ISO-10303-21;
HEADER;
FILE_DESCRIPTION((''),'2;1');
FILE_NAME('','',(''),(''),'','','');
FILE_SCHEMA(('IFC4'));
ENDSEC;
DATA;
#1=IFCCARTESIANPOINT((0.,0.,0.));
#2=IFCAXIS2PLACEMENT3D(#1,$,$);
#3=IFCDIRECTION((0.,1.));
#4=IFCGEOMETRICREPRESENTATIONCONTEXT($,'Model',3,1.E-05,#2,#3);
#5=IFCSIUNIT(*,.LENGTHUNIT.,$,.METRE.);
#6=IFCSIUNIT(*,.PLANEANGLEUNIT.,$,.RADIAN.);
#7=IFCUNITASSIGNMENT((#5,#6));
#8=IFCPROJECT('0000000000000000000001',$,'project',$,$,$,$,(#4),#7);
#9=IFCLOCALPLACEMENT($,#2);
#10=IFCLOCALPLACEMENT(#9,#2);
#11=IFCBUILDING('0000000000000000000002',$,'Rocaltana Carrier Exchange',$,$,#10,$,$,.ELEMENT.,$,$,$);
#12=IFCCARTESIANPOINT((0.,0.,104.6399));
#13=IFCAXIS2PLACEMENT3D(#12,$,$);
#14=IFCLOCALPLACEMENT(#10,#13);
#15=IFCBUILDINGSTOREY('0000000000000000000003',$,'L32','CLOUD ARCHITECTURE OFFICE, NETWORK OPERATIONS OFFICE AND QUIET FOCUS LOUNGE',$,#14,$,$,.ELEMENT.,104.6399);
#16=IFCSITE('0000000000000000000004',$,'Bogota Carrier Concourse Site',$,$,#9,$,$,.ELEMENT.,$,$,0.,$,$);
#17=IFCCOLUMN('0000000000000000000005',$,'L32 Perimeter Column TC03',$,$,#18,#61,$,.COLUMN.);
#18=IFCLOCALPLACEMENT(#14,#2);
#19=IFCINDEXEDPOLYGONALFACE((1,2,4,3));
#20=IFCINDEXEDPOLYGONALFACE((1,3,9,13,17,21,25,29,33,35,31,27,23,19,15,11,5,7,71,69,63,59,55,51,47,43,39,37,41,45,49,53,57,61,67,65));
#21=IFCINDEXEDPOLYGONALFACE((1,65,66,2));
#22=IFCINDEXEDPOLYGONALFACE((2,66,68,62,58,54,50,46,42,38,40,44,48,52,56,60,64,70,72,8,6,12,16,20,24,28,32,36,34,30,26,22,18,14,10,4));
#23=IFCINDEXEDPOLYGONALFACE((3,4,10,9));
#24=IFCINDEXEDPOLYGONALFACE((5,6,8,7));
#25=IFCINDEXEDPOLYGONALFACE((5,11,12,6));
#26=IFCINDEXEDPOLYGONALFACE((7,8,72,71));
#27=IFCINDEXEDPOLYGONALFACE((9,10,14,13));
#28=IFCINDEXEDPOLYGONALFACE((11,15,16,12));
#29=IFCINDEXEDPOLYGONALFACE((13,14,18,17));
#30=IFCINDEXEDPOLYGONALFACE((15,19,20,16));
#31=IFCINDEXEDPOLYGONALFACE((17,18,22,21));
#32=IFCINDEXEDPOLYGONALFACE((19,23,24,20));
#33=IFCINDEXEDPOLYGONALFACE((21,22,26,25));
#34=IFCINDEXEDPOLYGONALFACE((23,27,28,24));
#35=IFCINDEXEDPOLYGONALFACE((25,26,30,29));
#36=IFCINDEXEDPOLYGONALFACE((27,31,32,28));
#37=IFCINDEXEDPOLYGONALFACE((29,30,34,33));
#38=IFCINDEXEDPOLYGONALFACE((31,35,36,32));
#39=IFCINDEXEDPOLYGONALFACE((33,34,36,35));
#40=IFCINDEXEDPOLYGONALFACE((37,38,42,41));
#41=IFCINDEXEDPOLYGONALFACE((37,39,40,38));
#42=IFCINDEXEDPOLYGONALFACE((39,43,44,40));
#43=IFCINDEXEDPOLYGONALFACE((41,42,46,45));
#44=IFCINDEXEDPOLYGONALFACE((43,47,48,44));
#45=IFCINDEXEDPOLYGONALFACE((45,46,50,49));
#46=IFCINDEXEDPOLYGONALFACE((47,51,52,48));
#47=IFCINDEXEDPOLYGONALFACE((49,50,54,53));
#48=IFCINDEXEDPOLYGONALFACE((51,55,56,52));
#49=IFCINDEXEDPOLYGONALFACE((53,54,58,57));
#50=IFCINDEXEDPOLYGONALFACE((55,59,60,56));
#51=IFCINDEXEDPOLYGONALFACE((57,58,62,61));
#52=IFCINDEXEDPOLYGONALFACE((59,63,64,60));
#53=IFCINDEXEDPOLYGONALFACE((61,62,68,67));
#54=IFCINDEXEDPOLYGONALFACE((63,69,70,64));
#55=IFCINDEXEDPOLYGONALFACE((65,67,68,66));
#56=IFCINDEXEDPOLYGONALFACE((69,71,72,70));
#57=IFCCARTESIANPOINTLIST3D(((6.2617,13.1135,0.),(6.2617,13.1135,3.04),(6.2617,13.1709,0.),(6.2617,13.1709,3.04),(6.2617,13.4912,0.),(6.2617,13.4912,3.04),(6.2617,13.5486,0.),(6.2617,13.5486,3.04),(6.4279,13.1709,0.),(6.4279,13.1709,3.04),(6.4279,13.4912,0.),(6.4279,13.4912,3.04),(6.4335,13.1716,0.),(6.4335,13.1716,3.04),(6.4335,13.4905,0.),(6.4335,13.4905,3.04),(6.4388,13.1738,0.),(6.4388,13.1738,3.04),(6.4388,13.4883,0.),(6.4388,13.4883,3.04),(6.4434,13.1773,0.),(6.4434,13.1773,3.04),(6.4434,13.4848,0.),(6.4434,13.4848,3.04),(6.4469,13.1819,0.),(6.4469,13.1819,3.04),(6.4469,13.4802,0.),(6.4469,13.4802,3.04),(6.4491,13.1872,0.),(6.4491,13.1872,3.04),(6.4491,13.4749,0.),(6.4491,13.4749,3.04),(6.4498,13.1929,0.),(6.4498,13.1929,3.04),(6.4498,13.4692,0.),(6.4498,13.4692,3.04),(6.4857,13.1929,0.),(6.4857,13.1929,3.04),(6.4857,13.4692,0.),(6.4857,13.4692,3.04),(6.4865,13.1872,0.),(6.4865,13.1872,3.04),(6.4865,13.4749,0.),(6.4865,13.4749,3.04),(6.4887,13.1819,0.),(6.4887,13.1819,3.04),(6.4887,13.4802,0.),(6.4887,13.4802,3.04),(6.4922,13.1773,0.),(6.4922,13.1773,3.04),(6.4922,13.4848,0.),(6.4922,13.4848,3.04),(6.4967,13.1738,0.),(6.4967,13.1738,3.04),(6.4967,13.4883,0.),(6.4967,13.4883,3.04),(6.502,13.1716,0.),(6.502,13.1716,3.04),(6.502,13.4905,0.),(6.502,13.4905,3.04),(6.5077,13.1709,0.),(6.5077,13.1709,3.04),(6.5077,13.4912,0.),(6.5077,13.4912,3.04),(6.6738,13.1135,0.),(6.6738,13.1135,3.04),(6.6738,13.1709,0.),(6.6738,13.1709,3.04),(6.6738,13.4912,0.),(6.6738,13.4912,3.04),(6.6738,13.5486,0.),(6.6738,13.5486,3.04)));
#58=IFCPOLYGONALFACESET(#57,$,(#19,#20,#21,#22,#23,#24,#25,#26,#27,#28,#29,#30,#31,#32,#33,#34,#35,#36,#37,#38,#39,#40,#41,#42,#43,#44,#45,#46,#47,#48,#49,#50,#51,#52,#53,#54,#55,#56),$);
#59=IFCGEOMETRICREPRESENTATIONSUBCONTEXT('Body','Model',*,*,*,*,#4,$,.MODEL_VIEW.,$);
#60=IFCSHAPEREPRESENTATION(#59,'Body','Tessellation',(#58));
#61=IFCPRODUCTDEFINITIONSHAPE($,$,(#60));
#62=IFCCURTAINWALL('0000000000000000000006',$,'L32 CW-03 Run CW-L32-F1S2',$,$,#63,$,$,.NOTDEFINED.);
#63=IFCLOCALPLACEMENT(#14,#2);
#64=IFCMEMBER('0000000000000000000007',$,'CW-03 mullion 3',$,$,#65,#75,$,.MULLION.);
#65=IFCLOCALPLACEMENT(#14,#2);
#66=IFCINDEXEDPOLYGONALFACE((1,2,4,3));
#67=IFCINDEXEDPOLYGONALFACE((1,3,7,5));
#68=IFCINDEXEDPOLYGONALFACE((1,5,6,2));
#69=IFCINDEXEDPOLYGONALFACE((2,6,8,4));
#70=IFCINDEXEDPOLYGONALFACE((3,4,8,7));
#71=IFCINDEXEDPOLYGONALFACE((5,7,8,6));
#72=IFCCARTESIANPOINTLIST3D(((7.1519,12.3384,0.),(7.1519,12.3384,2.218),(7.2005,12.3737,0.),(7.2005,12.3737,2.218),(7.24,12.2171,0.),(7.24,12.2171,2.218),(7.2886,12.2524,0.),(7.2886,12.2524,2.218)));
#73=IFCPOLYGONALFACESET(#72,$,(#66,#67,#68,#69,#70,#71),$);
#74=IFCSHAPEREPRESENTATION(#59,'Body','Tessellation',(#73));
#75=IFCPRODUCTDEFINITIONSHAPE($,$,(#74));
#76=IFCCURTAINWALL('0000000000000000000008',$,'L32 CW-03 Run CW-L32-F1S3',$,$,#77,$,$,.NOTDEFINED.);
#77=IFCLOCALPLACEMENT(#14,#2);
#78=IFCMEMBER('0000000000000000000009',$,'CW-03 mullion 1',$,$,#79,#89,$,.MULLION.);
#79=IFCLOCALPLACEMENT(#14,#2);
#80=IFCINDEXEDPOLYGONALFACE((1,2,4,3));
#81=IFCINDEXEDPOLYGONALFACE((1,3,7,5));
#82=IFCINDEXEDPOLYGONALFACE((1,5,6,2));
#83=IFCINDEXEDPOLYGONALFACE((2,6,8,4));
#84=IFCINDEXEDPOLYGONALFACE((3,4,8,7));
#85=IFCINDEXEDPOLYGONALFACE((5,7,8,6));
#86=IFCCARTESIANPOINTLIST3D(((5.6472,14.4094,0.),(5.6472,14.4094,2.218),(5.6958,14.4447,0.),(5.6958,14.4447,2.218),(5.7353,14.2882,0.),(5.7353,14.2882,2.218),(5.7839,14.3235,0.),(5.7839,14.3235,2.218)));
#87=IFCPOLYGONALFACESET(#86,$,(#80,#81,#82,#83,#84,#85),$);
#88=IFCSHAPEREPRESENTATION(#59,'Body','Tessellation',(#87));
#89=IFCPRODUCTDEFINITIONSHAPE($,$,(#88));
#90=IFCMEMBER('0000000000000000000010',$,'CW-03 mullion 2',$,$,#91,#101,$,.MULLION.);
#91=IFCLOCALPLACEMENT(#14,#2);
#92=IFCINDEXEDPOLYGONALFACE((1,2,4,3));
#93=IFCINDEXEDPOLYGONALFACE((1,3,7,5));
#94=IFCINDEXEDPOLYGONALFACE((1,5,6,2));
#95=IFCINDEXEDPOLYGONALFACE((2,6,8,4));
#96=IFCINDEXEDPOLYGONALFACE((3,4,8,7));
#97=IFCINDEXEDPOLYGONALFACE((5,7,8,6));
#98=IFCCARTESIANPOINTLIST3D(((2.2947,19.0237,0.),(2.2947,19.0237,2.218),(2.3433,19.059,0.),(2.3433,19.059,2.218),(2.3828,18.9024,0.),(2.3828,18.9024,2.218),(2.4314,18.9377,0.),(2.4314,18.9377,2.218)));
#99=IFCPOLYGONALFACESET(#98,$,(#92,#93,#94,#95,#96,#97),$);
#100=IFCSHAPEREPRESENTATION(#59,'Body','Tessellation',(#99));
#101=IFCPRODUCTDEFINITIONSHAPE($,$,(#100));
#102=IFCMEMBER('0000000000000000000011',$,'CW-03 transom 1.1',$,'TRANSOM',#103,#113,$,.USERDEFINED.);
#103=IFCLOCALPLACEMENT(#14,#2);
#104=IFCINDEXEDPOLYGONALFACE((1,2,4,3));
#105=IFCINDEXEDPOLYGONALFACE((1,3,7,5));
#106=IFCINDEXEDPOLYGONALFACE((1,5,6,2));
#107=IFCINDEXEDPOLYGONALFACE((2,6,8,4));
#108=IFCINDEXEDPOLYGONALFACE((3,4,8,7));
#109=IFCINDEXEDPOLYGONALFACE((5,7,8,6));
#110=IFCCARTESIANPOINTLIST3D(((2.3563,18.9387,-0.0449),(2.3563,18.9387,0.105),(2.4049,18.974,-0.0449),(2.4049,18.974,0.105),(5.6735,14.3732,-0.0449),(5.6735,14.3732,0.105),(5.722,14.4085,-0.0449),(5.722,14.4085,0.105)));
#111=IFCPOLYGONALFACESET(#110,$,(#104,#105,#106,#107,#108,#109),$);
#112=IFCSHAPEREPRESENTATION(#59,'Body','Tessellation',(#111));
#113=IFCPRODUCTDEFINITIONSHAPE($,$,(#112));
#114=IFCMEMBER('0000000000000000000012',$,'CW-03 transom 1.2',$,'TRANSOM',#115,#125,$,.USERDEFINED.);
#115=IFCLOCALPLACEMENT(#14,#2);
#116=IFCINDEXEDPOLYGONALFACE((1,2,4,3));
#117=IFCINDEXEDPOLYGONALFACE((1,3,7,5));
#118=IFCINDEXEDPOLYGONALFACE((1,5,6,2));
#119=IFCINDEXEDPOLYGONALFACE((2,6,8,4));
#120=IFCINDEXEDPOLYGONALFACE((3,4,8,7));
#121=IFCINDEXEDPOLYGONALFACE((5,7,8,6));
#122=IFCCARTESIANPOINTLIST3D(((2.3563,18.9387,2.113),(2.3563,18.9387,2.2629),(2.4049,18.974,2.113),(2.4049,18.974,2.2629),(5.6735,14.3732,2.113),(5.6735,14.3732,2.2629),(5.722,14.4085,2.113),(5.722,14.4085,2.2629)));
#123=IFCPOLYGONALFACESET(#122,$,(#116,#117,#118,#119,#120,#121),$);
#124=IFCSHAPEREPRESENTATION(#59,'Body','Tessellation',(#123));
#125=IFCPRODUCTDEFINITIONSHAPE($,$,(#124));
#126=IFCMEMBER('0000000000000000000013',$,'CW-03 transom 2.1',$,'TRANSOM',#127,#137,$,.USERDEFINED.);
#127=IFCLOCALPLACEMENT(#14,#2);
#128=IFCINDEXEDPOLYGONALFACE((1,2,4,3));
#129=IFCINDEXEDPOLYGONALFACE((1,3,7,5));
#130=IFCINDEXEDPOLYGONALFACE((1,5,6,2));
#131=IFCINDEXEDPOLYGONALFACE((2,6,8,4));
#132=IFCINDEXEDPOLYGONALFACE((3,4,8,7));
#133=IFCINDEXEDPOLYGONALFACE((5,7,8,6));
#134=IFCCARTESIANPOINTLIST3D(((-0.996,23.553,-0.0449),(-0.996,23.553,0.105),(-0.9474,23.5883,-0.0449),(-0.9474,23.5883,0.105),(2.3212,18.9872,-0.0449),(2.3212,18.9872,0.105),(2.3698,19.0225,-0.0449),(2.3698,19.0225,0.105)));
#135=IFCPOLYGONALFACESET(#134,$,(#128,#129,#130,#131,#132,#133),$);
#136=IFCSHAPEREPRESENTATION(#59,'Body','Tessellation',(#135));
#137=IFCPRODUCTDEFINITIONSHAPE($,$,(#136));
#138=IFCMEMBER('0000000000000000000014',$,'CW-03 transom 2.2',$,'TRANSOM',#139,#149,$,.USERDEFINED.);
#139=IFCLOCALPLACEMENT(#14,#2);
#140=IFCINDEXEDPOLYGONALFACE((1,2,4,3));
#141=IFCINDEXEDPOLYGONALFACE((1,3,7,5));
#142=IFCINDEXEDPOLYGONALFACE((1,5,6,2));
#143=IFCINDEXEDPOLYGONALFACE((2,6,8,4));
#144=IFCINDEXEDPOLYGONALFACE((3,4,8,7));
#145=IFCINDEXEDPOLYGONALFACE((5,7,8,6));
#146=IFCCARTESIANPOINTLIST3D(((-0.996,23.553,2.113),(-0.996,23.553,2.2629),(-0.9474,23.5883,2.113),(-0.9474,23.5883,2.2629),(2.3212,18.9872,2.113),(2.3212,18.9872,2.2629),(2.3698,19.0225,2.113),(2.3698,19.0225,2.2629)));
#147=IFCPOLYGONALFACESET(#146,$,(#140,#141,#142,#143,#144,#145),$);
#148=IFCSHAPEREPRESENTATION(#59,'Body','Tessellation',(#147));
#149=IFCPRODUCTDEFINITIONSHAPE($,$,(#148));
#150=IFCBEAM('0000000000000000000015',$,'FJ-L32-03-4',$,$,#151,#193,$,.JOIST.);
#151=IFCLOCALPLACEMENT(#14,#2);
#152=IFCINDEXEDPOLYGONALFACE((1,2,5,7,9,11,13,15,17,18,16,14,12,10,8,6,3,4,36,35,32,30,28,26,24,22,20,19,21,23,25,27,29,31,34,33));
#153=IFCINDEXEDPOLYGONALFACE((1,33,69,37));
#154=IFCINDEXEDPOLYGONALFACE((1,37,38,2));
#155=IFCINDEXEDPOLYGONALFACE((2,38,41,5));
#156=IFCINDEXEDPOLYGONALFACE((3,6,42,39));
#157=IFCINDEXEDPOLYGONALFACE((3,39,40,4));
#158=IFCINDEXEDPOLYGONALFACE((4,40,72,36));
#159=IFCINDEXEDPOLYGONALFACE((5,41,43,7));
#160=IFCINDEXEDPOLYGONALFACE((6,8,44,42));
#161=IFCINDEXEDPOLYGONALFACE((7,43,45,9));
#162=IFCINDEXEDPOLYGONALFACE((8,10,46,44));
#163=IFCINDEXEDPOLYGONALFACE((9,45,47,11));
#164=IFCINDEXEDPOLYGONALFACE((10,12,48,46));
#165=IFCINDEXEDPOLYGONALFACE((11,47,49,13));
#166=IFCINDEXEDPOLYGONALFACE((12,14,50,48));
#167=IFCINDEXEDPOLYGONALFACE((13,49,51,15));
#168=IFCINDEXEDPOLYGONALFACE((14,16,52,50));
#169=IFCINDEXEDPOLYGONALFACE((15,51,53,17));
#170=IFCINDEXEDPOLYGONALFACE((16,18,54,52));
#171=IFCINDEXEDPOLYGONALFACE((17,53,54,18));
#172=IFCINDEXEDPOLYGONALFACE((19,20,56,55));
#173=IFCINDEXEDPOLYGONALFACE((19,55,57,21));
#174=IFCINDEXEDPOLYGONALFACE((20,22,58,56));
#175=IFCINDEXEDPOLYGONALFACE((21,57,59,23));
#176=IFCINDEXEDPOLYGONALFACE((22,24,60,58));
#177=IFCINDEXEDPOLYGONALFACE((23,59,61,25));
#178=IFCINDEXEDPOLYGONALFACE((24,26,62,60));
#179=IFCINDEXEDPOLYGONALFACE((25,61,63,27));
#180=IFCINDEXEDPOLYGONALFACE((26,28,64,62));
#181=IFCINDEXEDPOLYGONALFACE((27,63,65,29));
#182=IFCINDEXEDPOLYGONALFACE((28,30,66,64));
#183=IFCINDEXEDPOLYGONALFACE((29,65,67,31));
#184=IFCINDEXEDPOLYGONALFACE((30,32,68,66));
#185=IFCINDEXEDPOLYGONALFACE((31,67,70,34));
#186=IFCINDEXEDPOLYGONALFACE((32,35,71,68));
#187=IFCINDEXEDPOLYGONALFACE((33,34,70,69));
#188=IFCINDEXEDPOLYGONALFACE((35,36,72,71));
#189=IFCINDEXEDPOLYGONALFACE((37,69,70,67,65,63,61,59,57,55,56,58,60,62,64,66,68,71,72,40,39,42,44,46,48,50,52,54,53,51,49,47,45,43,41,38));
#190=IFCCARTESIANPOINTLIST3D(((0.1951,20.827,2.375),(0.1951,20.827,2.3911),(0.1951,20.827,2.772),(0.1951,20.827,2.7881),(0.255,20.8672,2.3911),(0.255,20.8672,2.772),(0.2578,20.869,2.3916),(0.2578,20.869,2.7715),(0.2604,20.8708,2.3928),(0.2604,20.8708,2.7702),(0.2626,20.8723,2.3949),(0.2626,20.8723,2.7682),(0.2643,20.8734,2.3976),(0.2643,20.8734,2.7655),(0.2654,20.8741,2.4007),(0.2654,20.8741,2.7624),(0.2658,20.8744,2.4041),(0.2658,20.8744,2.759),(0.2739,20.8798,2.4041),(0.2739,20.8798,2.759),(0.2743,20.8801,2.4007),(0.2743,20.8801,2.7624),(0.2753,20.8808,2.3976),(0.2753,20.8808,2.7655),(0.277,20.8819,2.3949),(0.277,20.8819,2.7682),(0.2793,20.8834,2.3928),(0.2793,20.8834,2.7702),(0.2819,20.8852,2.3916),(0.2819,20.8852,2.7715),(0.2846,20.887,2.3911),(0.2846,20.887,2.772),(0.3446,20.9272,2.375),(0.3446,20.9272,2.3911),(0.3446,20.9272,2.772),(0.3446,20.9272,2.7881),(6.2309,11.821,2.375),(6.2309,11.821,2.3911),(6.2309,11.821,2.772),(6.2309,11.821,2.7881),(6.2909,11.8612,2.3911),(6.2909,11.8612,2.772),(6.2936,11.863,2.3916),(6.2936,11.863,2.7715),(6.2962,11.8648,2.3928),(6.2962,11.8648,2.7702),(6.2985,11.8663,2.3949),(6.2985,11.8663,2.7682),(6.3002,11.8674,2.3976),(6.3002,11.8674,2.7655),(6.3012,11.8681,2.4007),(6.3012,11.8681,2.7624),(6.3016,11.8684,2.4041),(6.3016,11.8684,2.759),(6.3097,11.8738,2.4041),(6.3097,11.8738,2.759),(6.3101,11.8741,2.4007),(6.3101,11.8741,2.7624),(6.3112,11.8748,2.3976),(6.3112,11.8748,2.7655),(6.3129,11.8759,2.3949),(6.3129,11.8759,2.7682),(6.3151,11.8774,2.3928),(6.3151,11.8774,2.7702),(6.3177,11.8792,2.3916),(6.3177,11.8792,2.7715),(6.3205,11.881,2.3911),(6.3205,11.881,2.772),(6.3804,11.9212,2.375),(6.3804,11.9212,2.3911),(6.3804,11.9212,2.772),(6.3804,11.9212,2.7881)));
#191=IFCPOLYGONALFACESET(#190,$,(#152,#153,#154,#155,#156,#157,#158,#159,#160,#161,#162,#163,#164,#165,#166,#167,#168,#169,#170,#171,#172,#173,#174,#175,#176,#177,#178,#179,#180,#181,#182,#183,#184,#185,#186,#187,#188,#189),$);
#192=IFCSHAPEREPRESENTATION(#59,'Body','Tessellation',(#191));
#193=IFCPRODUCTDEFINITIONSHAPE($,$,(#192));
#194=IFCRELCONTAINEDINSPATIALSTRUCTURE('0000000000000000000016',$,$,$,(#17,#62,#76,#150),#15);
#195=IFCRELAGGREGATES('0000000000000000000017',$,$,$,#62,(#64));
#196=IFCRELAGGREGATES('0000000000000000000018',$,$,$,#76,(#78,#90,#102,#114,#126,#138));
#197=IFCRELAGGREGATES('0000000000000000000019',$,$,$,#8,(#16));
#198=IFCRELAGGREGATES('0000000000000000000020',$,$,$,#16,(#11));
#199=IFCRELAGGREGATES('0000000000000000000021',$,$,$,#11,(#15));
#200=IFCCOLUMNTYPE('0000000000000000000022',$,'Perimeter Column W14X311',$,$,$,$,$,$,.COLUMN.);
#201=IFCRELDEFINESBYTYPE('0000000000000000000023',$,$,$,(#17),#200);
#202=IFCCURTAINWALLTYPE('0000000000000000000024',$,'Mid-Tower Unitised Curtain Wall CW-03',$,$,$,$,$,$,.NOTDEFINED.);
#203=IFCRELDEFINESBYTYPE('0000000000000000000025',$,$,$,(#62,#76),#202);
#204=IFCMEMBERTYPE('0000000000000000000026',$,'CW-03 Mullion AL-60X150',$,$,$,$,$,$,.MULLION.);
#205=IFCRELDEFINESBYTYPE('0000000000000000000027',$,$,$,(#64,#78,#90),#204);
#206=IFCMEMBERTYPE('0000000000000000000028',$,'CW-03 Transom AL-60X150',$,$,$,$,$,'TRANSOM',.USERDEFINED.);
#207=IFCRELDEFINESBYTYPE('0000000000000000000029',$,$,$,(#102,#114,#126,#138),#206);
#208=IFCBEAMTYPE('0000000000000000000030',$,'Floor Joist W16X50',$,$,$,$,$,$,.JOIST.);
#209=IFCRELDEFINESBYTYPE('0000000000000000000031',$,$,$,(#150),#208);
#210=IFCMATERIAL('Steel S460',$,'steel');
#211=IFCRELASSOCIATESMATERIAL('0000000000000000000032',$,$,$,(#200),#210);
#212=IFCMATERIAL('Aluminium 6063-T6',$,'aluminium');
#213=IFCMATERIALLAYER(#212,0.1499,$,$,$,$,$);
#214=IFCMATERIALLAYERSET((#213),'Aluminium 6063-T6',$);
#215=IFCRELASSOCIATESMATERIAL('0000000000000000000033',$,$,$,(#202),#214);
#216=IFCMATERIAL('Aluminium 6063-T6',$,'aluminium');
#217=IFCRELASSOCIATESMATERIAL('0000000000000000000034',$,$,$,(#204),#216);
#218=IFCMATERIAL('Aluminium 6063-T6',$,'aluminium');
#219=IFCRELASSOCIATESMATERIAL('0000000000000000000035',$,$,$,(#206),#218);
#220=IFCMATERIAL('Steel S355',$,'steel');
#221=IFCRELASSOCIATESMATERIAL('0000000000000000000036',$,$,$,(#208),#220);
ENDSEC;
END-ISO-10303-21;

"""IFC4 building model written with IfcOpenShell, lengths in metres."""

from ifc_helpers import new_model, si_unit, direction, frame, origin, origin_2d, place, context, subcontext, project, spatial, rectangle, i_section, extrude, material, layer, layer_set, material_profile, profile_set, type_object, element, aggregate, save


model = new_model("IFC4")

# Units and contexts
model_context = context("Model", 3, precision=1e-05, world=origin(), true_north=direction((0.0, 1.0)))
body_context = subcontext(model_context, "Body", "Model", "MODEL_VIEW")
ifc_project = project(units=[si_unit("LENGTHUNIT", "METRE"), si_unit("PLANEANGLEUNIT", "RADIAN")], contexts=[model_context])

# Site, building, storey
site_placement = place(None, origin())
site = spatial("IfcSite", under=ifc_project, at=site_placement, Name="Bogota Carrier Concourse Site", CompositionType="ELEMENT", RefElevation=0.0)
building_placement = place(site_placement, origin())
building = spatial("IfcBuilding", under=site, at=building_placement, Name="Rocaltana Carrier Exchange", CompositionType="ELEMENT")
storey_placement = place(building_placement, frame((0.0, 0.0, 104.6399)))
storey = spatial("IfcBuildingStorey", under=building, at=storey_placement, Name="L32", Description="CLOUD ARCHITECTURE OFFICE, NETWORK OPERATIONS OFFICE AND QUIET FOCUS LOUNGE", CompositionType="ELEMENT", Elevation=104.6399)

# Column
ifc_material_1 = material(Name="Steel S460", Category="steel")
ifc_material_profile_1 = material_profile(ifc_material_1, i_section(OverallWidth=0.4121, OverallDepth=0.4351, WebThickness=0.0359, FlangeThickness=0.0574, FilletRadius=0.022, at=origin_2d()), Name="W14X311")
ifc_profile_set_1 = profile_set([ifc_material_profile_1], Name="Steel S460")
column_type = type_object("IfcColumnType", Name="Perimeter Column W14X311", PredefinedType="COLUMN", material=ifc_profile_set_1)
column_placement = place(storey_placement, frame((6.4678, 13.3311, 0.0), z_axis=(0.0, 0.0, 1.0), x_axis=(1.0, 0.0, 0.0)))
element("IfcColumn", 1, at=column_placement, inside=storey, type_object=column_type, Name="L32 Perimeter Column TC03", PredefinedType="COLUMN", context=body_context, shape_type="SweptSolid", body=[
    extrude(i_section(OverallWidth=0.4121, OverallDepth=0.4351, WebThickness=0.0359, FlangeThickness=0.0574, FilletRadius=0.022, at=origin_2d()), origin(), (0.0, 0.0, 1.0), 3.04),
])

# Curtain wall, member
ifc_material_2 = material(Name="Aluminium 6063-T6", Category="aluminium")
ifc_layer_1 = layer(ifc_material_2, 0.1499)
ifc_layer_set_1 = layer_set([ifc_layer_1], Name="Aluminium 6063-T6")
curtain_wall_type = type_object("IfcCurtainWallType", Name="Mid-Tower Unitised Curtain Wall CW-03", PredefinedType="NOTDEFINED", material=ifc_layer_set_1)
curtain_wall_1_placement = place(storey_placement, origin())
curtain_wall_1 = element("IfcCurtainWall", 2, at=curtain_wall_1_placement, inside=storey, type_object=curtain_wall_type, Name="L32 CW-03 Run CW-L32-F1S2", PredefinedType="NOTDEFINED")
ifc_material_3 = material(Name="Aluminium 6063-T6", Category="aluminium")
ifc_material_profile_2 = material_profile(ifc_material_3, rectangle(XDim=0.0601, YDim=0.1499, at=origin_2d()), Name="AL-60X150")
ifc_profile_set_2 = profile_set([ifc_material_profile_2], Name="Aluminium 6063-T6")
member_type_1 = type_object("IfcMemberType", Name="CW-03 Mullion AL-60X150", PredefinedType="MULLION", material=ifc_profile_set_2)
member_1_placement = place(storey_placement, frame((7.2202, 12.2954, 0.0), z_axis=(0.0, 0.0, 1.0), x_axis=(-0.809014, -0.58779, 0.0)))
member_1 = element("IfcMember", 3, at=member_1_placement, type_object=member_type_1, Name="CW-03 mullion 3", PredefinedType="MULLION", context=body_context, shape_type="SweptSolid", body=[
    extrude(rectangle(XDim=0.0601, YDim=0.1499, at=origin_2d()), origin(), (0.0, 0.0, 1.0), 2.218),
])

# Curtain wall, members
curtain_wall_2_placement = place(storey_placement, origin())
curtain_wall_2 = element("IfcCurtainWall", 4, at=curtain_wall_2_placement, inside=storey, type_object=curtain_wall_type, Name="L32 CW-03 Run CW-L32-F1S3", PredefinedType="NOTDEFINED")
member_2_placement = place(storey_placement, frame((5.7156, 14.3665, 0.0), z_axis=(0.0, 0.0, 1.0), x_axis=(-0.809014, -0.58779, 0.0)))
member_2 = element("IfcMember", 5, at=member_2_placement, type_object=member_type_1, Name="CW-03 mullion 1", PredefinedType="MULLION", context=body_context, shape_type="SweptSolid", body=[
    extrude(rectangle(XDim=0.0601, YDim=0.1499, at=origin_2d()), origin(), (0.0, 0.0, 1.0), 2.218),
])
member_3_placement = place(storey_placement, frame((2.363, 18.9807, 0.0), z_axis=(0.0, 0.0, 1.0), x_axis=(-0.809014, -0.58779, 0.0)))
member_3 = element("IfcMember", 6, at=member_3_placement, type_object=member_type_1, Name="CW-03 mullion 2", PredefinedType="MULLION", context=body_context, shape_type="SweptSolid", body=[
    extrude(rectangle(XDim=0.0601, YDim=0.1499, at=origin_2d()), origin(), (0.0, 0.0, 1.0), 2.218),
])
ifc_material_4 = material(Name="Aluminium 6063-T6", Category="aluminium")
ifc_material_profile_3 = material_profile(ifc_material_4, rectangle(XDim=0.0601, YDim=0.1499, at=origin_2d()), Name="AL-60X150")
ifc_profile_set_3 = profile_set([ifc_material_profile_3], Name="Aluminium 6063-T6")
member_type_2 = type_object("IfcMemberType", Name="CW-03 Transom AL-60X150", ElementType="TRANSOM", PredefinedType="USERDEFINED", material=ifc_profile_set_3)
member_4_placement = place(storey_placement, frame((5.6978, 14.3909, 0.03), z_axis=(-0.587804, 0.809004, 0.0), x_axis=(-0.809004, -0.587804, 0.0)))
member_4 = element("IfcMember", 7, at=member_4_placement, type_object=member_type_2, Name="CW-03 transom 1.1", ObjectType="TRANSOM", PredefinedType="USERDEFINED", context=body_context, shape_type="SweptSolid", body=[
    extrude(rectangle(XDim=0.0601, YDim=0.1499, at=origin_2d()), origin(), (0.0, 0.0, 1.0), 5.6433),
])
member_5_placement = place(storey_placement, frame((5.6978, 14.3909, 2.188), z_axis=(-0.587804, 0.809004, 0.0), x_axis=(-0.809004, -0.587804, 0.0)))
member_5 = element("IfcMember", 8, at=member_5_placement, type_object=member_type_2, Name="CW-03 transom 1.2", ObjectType="TRANSOM", PredefinedType="USERDEFINED", context=body_context, shape_type="SweptSolid", body=[
    extrude(rectangle(XDim=0.0601, YDim=0.1499, at=origin_2d()), origin(), (0.0, 0.0, 1.0), 5.6433),
])
member_6_placement = place(storey_placement, frame((2.3455, 19.0049, 0.03), z_axis=(-0.587783, 0.809018, 0.0), x_axis=(-0.809018, -0.587783, 0.0)))
member_6 = element("IfcMember", 9, at=member_6_placement, type_object=member_type_2, Name="CW-03 transom 2.1", ObjectType="TRANSOM", PredefinedType="USERDEFINED", context=body_context, shape_type="SweptSolid", body=[
    extrude(rectangle(XDim=0.0601, YDim=0.1499, at=origin_2d()), origin(), (0.0, 0.0, 1.0), 5.6436),
])
member_7_placement = place(storey_placement, frame((2.3455, 19.0049, 2.188), z_axis=(-0.587783, 0.809018, 0.0), x_axis=(-0.809018, -0.587783, 0.0)))
member_7 = element("IfcMember", 10, at=member_7_placement, type_object=member_type_2, Name="CW-03 transom 2.2", ObjectType="TRANSOM", PredefinedType="USERDEFINED", context=body_context, shape_type="SweptSolid", body=[
    extrude(rectangle(XDim=0.0601, YDim=0.1499, at=origin_2d()), origin(), (0.0, 0.0, 1.0), 5.6436),
])

# Beam
ifc_material_5 = material(Name="Steel S355", Category="steel")
ifc_material_profile_4 = material_profile(ifc_material_5, i_section(OverallWidth=0.1799, OverallDepth=0.4131, WebThickness=0.0098, FlangeThickness=0.0161, FilletRadius=0.0129, at=origin_2d()), Name="W16X50")
ifc_profile_set_4 = profile_set([ifc_material_profile_4], Name="Steel S355")
beam_type_1 = type_object("IfcBeamType", Name="Floor Joist W16X50", PredefinedType="JOIST", material=ifc_profile_set_4)
beam_1_placement = place(storey_placement, frame((6.3057, 11.8711, 2.5815), z_axis=(-0.55673, 0.830693, 0.0), x_axis=(-0.830693, -0.55673, 0.0)))
element("IfcBeam", 11, at=beam_1_placement, inside=storey, type_object=beam_type_1, Name="FJ-L32-03-4", PredefinedType="JOIST", context=body_context, shape_type="SweptSolid", body=[
    extrude(i_section(OverallWidth=0.1799, OverallDepth=0.4131, WebThickness=0.0098, FlangeThickness=0.0161, FilletRadius=0.0129, at=origin_2d()), origin(), (0.0, 0.0, 1.0), 10.8416),
])

aggregate(curtain_wall_1, [member_1])
aggregate(curtain_wall_2, [member_2, member_3, member_4, member_5, member_6, member_7])

save(model, "model.ifc")
